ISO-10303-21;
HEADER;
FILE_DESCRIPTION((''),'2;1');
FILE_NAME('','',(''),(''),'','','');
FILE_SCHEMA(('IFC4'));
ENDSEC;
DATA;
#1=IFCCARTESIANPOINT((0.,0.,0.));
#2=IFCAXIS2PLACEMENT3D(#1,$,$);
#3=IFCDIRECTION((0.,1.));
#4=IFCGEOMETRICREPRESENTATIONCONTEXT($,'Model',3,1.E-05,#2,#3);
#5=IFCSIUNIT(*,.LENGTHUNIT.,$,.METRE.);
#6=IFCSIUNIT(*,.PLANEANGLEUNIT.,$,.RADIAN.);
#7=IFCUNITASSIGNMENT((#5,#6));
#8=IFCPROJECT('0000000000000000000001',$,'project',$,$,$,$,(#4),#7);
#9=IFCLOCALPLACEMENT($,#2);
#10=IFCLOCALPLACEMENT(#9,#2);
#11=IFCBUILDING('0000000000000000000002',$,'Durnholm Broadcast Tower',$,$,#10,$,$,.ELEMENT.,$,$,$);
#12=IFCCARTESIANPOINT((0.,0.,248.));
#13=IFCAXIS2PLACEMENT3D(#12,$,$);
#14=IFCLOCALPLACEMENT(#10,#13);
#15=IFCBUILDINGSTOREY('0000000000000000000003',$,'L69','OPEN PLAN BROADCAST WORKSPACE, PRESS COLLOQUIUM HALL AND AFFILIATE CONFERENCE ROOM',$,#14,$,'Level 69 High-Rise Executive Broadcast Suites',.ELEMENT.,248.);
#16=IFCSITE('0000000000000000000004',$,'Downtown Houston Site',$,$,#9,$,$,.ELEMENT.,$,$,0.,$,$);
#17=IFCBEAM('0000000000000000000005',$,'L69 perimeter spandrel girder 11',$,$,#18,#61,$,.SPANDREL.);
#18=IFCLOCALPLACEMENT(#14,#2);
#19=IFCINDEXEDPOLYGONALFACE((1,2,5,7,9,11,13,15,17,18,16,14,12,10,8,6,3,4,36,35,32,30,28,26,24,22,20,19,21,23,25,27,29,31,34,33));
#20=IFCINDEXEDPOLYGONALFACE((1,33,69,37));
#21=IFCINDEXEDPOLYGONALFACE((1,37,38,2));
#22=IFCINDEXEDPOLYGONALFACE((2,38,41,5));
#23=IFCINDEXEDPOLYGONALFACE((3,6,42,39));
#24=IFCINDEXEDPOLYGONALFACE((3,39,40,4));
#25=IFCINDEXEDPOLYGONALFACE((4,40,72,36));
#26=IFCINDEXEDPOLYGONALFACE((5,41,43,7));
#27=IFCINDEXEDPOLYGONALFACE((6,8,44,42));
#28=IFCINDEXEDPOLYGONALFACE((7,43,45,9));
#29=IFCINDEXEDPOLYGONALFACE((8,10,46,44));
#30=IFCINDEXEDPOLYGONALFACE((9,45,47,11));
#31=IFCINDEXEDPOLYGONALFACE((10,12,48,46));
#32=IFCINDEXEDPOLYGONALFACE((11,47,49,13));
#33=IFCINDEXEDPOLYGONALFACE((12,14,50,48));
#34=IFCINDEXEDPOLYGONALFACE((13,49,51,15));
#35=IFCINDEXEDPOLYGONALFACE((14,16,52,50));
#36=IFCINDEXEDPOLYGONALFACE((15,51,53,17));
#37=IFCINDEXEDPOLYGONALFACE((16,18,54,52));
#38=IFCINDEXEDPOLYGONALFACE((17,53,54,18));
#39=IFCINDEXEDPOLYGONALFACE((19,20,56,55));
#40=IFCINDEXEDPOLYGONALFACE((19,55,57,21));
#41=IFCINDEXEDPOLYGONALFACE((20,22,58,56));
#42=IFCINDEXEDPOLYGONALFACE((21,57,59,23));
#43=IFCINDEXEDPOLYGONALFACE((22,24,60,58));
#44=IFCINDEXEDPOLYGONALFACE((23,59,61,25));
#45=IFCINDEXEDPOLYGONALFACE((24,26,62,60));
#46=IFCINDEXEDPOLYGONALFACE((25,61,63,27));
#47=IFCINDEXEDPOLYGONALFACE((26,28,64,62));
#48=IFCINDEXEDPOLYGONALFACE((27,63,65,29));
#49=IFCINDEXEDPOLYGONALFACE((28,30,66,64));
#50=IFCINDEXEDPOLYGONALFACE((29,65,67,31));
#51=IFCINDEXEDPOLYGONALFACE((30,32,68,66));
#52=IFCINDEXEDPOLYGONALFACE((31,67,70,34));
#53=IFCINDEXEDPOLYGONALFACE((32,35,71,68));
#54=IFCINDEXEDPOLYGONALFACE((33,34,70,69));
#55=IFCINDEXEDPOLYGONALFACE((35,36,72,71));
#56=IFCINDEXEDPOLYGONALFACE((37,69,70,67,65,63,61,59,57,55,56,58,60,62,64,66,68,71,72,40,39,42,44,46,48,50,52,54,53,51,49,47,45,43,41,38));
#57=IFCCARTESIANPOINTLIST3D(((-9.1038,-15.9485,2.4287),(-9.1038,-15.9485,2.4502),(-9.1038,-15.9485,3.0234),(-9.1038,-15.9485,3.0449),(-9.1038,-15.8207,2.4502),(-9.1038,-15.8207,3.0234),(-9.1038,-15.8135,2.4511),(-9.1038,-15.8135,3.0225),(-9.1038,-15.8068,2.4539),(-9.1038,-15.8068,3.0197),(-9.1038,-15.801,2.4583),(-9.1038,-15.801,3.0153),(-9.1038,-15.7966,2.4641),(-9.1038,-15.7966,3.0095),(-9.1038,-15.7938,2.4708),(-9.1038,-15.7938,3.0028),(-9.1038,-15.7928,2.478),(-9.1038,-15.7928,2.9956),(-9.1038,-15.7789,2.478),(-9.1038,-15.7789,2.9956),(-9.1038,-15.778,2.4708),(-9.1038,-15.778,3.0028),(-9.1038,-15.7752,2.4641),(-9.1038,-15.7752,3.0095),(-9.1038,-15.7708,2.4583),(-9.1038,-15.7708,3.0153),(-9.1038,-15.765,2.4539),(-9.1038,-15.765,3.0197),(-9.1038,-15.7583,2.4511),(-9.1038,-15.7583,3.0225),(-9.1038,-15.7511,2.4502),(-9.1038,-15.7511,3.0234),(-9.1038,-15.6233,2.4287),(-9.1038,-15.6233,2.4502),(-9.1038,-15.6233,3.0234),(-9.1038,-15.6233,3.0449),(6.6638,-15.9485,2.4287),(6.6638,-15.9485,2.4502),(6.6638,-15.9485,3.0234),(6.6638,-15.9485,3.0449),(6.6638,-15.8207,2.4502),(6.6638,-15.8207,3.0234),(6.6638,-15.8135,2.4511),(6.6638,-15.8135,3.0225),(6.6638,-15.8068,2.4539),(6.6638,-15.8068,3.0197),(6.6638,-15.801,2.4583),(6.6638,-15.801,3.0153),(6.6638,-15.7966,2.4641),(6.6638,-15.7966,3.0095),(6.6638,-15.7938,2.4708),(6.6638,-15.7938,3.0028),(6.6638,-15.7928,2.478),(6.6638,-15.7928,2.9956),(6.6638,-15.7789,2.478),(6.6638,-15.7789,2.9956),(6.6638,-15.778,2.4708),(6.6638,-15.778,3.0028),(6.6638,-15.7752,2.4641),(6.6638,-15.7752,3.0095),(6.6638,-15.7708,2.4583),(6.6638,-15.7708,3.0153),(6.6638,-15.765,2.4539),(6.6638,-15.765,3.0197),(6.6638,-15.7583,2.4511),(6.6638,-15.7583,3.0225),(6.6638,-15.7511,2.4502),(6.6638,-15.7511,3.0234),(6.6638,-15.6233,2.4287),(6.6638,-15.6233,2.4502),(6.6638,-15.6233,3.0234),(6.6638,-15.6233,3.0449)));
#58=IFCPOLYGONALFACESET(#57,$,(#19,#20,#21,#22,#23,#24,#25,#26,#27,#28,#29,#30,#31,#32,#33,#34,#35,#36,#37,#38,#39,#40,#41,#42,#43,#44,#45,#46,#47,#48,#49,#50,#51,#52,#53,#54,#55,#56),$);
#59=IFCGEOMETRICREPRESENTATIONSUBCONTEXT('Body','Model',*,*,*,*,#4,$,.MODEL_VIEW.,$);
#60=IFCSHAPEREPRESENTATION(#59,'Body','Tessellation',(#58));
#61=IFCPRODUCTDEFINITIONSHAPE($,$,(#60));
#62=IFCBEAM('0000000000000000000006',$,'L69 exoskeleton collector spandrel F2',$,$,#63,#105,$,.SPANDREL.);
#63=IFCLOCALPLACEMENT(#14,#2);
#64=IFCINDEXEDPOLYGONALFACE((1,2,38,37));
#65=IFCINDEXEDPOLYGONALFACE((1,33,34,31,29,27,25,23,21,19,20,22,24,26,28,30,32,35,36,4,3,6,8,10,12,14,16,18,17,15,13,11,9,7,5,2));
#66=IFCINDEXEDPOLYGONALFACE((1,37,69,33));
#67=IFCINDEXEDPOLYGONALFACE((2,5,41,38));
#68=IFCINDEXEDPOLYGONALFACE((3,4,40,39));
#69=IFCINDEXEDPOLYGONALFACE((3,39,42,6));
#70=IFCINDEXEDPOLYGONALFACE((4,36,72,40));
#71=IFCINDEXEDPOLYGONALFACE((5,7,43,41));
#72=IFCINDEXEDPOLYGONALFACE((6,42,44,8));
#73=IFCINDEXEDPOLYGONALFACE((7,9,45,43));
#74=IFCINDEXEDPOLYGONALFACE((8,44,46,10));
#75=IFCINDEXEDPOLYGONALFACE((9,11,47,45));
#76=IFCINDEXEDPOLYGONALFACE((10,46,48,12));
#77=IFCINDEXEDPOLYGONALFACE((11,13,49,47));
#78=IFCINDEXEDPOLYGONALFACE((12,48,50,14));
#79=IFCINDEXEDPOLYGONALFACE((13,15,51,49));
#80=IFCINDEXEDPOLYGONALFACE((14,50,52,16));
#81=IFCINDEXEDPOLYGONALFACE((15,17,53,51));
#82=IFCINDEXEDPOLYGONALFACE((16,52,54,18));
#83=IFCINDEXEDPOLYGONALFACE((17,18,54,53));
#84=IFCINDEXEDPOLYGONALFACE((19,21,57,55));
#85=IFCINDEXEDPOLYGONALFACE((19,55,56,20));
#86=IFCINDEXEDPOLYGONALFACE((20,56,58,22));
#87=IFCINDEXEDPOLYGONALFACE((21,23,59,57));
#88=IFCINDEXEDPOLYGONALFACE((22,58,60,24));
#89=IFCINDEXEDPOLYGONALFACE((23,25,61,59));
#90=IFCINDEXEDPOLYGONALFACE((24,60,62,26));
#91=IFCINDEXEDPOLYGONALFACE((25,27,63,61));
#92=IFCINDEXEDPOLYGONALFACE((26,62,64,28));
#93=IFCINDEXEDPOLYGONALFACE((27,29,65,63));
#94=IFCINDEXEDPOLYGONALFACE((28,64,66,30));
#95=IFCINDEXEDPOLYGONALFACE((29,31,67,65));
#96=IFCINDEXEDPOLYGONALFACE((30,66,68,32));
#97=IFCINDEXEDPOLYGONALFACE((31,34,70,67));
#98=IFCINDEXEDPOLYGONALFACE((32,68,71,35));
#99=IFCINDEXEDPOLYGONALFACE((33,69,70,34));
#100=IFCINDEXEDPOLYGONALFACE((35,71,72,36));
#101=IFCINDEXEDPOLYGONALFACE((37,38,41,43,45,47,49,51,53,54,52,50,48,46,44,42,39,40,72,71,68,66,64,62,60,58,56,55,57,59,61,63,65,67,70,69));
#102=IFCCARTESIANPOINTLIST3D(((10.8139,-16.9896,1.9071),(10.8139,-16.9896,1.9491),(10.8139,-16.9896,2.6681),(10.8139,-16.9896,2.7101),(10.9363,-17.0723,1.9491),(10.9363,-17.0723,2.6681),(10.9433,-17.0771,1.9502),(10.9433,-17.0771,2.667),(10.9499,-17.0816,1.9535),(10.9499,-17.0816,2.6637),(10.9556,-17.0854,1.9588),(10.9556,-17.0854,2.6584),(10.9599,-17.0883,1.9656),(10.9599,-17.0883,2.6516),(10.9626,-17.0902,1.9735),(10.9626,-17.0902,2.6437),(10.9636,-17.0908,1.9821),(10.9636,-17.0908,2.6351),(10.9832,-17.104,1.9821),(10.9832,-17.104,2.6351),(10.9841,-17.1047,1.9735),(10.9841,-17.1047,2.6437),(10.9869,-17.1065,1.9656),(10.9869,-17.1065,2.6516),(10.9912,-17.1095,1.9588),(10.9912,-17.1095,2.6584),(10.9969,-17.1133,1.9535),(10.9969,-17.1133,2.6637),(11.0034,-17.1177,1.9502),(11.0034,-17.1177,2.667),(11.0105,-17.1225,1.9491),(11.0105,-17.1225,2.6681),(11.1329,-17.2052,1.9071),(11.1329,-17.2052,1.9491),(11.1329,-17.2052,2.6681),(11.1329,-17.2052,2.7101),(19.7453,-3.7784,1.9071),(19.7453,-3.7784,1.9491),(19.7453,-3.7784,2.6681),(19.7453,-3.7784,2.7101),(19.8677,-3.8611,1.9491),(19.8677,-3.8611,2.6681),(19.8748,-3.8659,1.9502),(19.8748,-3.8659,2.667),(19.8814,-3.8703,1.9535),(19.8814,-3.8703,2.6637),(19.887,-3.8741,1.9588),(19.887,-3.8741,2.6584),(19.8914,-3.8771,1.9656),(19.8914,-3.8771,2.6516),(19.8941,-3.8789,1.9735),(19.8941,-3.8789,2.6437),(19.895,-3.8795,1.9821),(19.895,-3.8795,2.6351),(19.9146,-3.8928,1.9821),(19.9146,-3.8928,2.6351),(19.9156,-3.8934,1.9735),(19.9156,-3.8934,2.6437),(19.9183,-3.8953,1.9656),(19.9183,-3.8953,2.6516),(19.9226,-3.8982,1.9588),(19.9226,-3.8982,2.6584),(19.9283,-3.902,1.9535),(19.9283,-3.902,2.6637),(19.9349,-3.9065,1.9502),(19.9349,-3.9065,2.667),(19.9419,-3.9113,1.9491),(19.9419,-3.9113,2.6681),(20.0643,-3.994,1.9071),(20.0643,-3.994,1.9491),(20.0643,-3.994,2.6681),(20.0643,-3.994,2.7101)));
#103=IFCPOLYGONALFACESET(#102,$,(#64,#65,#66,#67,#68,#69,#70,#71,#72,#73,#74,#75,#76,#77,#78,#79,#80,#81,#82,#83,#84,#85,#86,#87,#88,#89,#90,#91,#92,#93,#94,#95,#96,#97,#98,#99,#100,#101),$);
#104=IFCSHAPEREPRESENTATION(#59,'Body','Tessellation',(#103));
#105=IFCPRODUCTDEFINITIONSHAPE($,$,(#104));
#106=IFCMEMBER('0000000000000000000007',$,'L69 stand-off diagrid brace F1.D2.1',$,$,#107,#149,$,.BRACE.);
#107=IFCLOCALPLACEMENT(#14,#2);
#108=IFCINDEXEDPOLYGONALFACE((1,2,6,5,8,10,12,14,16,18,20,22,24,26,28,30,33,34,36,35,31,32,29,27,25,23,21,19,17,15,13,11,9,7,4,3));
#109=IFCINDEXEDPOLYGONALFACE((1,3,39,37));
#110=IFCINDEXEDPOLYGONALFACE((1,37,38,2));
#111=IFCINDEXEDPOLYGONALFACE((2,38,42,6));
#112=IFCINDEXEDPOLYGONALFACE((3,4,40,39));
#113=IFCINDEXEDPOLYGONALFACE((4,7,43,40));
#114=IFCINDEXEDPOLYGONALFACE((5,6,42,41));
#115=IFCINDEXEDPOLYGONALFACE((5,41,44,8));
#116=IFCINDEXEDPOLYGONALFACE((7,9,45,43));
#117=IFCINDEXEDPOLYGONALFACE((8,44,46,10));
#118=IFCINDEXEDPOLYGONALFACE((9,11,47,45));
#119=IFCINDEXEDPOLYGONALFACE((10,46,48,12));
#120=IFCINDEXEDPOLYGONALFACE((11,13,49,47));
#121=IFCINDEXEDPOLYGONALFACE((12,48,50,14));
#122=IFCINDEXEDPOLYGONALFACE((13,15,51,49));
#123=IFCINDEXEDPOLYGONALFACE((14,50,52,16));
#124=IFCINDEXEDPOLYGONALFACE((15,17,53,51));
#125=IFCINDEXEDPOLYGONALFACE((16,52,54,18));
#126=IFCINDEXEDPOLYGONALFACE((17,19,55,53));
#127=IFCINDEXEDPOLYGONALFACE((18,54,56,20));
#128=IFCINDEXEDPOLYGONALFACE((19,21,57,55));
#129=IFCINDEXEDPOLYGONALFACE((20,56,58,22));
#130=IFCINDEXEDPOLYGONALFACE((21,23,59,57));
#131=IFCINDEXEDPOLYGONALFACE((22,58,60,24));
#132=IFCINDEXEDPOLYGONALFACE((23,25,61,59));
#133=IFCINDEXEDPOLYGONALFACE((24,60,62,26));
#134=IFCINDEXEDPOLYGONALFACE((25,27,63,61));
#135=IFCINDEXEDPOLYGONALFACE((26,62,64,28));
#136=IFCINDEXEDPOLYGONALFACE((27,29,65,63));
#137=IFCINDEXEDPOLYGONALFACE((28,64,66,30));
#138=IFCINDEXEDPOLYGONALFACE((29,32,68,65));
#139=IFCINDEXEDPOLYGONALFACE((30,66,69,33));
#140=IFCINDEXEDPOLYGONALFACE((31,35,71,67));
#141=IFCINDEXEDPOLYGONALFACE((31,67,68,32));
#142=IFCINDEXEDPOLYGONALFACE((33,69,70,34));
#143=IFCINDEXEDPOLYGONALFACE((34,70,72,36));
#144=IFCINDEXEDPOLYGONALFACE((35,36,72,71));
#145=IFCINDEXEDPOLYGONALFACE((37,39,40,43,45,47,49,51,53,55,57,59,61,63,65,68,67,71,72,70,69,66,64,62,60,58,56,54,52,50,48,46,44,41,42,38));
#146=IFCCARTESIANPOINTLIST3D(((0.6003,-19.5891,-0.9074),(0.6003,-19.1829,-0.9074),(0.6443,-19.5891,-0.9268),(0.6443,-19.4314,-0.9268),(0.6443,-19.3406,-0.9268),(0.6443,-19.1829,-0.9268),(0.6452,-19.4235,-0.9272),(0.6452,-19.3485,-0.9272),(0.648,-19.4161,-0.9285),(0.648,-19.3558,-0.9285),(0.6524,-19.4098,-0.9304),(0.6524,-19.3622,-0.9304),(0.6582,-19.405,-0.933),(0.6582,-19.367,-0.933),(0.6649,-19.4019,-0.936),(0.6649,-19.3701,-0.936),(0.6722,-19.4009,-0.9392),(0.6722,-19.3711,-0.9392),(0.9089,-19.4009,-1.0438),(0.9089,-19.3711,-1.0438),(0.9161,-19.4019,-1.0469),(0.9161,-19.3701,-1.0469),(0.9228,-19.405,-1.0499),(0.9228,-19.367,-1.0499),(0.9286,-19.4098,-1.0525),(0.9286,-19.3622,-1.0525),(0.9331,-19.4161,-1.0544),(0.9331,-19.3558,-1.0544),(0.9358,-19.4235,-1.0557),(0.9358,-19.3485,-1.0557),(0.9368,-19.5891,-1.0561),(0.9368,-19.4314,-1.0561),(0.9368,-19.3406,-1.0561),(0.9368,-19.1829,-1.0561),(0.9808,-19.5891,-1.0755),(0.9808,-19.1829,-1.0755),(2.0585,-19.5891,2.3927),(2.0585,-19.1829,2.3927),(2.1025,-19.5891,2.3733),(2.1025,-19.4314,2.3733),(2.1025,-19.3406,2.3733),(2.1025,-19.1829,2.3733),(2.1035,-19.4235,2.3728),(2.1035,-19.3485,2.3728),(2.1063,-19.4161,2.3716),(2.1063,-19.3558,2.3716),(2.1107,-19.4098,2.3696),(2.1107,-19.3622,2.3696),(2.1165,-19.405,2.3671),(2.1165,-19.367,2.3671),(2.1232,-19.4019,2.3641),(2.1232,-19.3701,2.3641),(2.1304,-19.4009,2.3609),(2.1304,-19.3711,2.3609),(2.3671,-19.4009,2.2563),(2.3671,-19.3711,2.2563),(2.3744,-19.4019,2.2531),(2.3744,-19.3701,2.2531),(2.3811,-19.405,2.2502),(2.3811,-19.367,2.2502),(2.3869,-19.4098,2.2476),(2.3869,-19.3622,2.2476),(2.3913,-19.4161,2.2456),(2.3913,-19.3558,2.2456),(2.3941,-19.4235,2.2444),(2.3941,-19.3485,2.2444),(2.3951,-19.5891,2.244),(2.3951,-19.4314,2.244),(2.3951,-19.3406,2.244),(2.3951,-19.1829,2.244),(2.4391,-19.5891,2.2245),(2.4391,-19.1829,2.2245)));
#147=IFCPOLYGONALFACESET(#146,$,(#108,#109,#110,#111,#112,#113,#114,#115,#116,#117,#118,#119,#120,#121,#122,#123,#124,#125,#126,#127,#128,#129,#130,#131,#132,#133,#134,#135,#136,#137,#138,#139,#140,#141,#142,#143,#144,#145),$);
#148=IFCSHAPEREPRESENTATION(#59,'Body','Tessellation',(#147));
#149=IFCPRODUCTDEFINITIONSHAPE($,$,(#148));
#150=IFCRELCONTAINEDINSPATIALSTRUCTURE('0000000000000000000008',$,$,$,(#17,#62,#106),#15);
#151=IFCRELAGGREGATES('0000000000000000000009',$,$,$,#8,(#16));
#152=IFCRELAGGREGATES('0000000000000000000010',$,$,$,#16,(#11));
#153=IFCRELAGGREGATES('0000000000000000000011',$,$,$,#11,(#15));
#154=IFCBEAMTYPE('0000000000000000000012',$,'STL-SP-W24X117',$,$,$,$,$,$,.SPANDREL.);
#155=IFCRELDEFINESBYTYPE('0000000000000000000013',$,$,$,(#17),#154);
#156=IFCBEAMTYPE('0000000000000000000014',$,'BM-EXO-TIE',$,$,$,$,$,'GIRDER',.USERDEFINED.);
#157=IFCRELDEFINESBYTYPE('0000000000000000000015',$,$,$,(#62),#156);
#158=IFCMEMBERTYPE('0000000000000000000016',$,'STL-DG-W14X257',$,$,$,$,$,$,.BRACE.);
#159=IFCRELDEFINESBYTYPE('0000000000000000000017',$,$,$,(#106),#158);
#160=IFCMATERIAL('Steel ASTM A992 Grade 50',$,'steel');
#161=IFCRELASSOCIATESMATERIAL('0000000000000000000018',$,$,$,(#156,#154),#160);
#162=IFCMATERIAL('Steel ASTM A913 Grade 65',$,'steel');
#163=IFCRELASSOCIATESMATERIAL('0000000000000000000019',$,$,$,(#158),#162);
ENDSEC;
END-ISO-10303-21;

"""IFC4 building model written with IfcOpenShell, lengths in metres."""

from ifc_helpers import new_model, si_unit, direction, frame, origin, origin_2d, place, context, subcontext, project, spatial, i_section, extrude, source, transform, mapped, material, material_profile, profile_set, type_object, type_shapes, element, save


model = new_model("IFC4")

# Units and contexts
model_context = context("Model", 3, precision=1e-05, world=origin(), true_north=direction((0.0, 1.0)))
body_context = subcontext(model_context, "Body", "Model", "MODEL_VIEW")
ifc_project = project(units=[si_unit("LENGTHUNIT", "METRE"), si_unit("PLANEANGLEUNIT", "RADIAN")], contexts=[model_context])

# Site, building, storey
site_placement = place(None, origin())
site = spatial("IfcSite", under=ifc_project, at=site_placement, Name="Downtown Houston Site", CompositionType="ELEMENT", RefElevation=0.0)
building_placement = place(site_placement, origin())
building = spatial("IfcBuilding", under=site, at=building_placement, Name="Durnholm Broadcast Tower", CompositionType="ELEMENT")
storey_placement = place(building_placement, frame((0.0, 0.0, 248.0)))
storey = spatial("IfcBuildingStorey", under=building, at=storey_placement, Name="L69", Description="OPEN PLAN BROADCAST WORKSPACE, PRESS COLLOQUIUM HALL AND AFFILIATE CONFERENCE ROOM", LongName="Level 69 High-Rise Executive Broadcast Suites", CompositionType="ELEMENT", Elevation=248.0)

# Beams
ifc_material_1 = material(Name="Steel ASTM A992 Grade 50", Category="steel")
ifc_material_profile_1 = material_profile(ifc_material_1, i_section(OverallWidth=0.385, OverallDepth=0.803, WebThickness=0.0237, FlangeThickness=0.042, FilletRadius=0.033, at=origin_2d()), Name="W30X261")
ifc_profile_set_1 = profile_set([ifc_material_profile_1], Name="Steel ASTM A992 Grade 50")
beam_type_1 = type_object("IfcBeamType", Name="BM-EXO-TIE", ElementType="GIRDER", PredefinedType="USERDEFINED", material=ifc_profile_set_1)
ifc_material_profile_2 = material_profile(ifc_material_1, i_section(OverallWidth=0.3252, OverallDepth=0.6162, WebThickness=0.0139, FlangeThickness=0.0215, FilletRadius=0.0278, at=origin_2d()), Name="W24X117")
ifc_profile_set_2 = profile_set([ifc_material_profile_2], Name="Steel ASTM A992 Grade 50")
beam_type_2 = type_object("IfcBeamType", Name="STL-SP-W24X117", PredefinedType="SPANDREL", material=ifc_profile_set_2)
shared_shape_1 = source(origin(), body_context, "Body", "SweptSolid", [
    extrude(i_section(OverallWidth=0.3252, OverallDepth=0.6162, WebThickness=0.0139, FlangeThickness=0.0215, FilletRadius=0.0278, at=origin_2d()), origin(), (0.0, 0.0, 1.0), 15.7676),
])
beam_1_placement = place(storey_placement, frame((6.6638, -15.7859, 2.7368), z_axis=(-1.0, 0.0, 0.0), x_axis=(0.0, -1.0, 0.0)))
element("IfcBeam", 1, at=beam_1_placement, inside=storey, type_object=beam_type_2, Name="L69 perimeter spandrel girder 11", PredefinedType="SPANDREL", context=body_context, shape_type="MappedRepresentation", body=[
    mapped(shared_shape_1, transform((0.0, 0.0, 0.0), x_axis=(1.0, 0.0, 0.0), y_axis=(0.0, 1.0, 0.0), z_axis=(0.0, 0.0, 1.0), scale=1.0)),
])
shared_shape_2 = source(origin(), body_context, "Body", "SweptSolid", [
    extrude(i_section(OverallWidth=0.385, OverallDepth=0.803, WebThickness=0.0237, FlangeThickness=0.042, FilletRadius=0.033, at=origin_2d()), origin(), (0.0, 0.0, 1.0), 15.947),
])
beam_2_placement = place(storey_placement, frame((10.9734, -17.0974, 2.3086), z_axis=(0.560069, 0.828446, 0.0), x_axis=(-0.828446, 0.560069, 0.0)))
element("IfcBeam", 2, at=beam_2_placement, inside=storey, type_object=beam_type_1, Name="L69 exoskeleton collector spandrel F2", PredefinedType="SPANDREL", context=body_context, shape_type="MappedRepresentation", body=[
    mapped(shared_shape_2, transform((0.0, 0.0, 0.0), x_axis=(1.0, 0.0, 0.0), y_axis=(0.0, 1.0, 0.0), z_axis=(0.0, 0.0, 1.0), scale=1.0)),
])

# Member
ifc_material_2 = material(Name="Steel ASTM A913 Grade 65", Category="steel")
ifc_material_profile_3 = material_profile(ifc_material_2, i_section(OverallWidth=0.4062, OverallDepth=0.416, WebThickness=0.0298, FlangeThickness=0.0481, FilletRadius=0.0305, at=origin_2d()), Name="W14X257")
ifc_profile_set_3 = profile_set([ifc_material_profile_3], Name="Steel ASTM A913 Grade 65")
member_type_1 = type_object("IfcMemberType", Name="STL-DG-W14X257", PredefinedType="BRACE", material=ifc_profile_set_3)
shared_shape_3 = source(origin(), body_context, "Body", "SweptSolid", [
    extrude(i_section(OverallWidth=0.4062, OverallDepth=0.416, WebThickness=0.0298, FlangeThickness=0.0481, FilletRadius=0.0305, at=origin_2d()), origin(), (0.0, 0.0, 1.0), 3.6079),
])
type_shapes(member_type_1, [shared_shape_3])
for number, where, z_axis, x_axis, name in (
    (3, (0.7905, -19.386, -0.9915), (0.404185, 0.0, 0.914677), (0.0, 1.0, 0.0), "L69 stand-off diagrid brace F1.D2.1"),
):
    element("IfcMember", number, at=place(storey_placement, frame(where, z_axis=z_axis, x_axis=x_axis)), inside=storey, type_object=member_type_1, Name=name, PredefinedType="BRACE", context=body_context, shape_type="MappedRepresentation", body=[
        mapped(shared_shape_3, transform((0.0, 0.0, 0.0), x_axis=(1.0, 0.0, 0.0), y_axis=(0.0, 1.0, 0.0), z_axis=(0.0, 0.0, 1.0), scale=1.0)),
    ])

save(model, "model.ifc")
